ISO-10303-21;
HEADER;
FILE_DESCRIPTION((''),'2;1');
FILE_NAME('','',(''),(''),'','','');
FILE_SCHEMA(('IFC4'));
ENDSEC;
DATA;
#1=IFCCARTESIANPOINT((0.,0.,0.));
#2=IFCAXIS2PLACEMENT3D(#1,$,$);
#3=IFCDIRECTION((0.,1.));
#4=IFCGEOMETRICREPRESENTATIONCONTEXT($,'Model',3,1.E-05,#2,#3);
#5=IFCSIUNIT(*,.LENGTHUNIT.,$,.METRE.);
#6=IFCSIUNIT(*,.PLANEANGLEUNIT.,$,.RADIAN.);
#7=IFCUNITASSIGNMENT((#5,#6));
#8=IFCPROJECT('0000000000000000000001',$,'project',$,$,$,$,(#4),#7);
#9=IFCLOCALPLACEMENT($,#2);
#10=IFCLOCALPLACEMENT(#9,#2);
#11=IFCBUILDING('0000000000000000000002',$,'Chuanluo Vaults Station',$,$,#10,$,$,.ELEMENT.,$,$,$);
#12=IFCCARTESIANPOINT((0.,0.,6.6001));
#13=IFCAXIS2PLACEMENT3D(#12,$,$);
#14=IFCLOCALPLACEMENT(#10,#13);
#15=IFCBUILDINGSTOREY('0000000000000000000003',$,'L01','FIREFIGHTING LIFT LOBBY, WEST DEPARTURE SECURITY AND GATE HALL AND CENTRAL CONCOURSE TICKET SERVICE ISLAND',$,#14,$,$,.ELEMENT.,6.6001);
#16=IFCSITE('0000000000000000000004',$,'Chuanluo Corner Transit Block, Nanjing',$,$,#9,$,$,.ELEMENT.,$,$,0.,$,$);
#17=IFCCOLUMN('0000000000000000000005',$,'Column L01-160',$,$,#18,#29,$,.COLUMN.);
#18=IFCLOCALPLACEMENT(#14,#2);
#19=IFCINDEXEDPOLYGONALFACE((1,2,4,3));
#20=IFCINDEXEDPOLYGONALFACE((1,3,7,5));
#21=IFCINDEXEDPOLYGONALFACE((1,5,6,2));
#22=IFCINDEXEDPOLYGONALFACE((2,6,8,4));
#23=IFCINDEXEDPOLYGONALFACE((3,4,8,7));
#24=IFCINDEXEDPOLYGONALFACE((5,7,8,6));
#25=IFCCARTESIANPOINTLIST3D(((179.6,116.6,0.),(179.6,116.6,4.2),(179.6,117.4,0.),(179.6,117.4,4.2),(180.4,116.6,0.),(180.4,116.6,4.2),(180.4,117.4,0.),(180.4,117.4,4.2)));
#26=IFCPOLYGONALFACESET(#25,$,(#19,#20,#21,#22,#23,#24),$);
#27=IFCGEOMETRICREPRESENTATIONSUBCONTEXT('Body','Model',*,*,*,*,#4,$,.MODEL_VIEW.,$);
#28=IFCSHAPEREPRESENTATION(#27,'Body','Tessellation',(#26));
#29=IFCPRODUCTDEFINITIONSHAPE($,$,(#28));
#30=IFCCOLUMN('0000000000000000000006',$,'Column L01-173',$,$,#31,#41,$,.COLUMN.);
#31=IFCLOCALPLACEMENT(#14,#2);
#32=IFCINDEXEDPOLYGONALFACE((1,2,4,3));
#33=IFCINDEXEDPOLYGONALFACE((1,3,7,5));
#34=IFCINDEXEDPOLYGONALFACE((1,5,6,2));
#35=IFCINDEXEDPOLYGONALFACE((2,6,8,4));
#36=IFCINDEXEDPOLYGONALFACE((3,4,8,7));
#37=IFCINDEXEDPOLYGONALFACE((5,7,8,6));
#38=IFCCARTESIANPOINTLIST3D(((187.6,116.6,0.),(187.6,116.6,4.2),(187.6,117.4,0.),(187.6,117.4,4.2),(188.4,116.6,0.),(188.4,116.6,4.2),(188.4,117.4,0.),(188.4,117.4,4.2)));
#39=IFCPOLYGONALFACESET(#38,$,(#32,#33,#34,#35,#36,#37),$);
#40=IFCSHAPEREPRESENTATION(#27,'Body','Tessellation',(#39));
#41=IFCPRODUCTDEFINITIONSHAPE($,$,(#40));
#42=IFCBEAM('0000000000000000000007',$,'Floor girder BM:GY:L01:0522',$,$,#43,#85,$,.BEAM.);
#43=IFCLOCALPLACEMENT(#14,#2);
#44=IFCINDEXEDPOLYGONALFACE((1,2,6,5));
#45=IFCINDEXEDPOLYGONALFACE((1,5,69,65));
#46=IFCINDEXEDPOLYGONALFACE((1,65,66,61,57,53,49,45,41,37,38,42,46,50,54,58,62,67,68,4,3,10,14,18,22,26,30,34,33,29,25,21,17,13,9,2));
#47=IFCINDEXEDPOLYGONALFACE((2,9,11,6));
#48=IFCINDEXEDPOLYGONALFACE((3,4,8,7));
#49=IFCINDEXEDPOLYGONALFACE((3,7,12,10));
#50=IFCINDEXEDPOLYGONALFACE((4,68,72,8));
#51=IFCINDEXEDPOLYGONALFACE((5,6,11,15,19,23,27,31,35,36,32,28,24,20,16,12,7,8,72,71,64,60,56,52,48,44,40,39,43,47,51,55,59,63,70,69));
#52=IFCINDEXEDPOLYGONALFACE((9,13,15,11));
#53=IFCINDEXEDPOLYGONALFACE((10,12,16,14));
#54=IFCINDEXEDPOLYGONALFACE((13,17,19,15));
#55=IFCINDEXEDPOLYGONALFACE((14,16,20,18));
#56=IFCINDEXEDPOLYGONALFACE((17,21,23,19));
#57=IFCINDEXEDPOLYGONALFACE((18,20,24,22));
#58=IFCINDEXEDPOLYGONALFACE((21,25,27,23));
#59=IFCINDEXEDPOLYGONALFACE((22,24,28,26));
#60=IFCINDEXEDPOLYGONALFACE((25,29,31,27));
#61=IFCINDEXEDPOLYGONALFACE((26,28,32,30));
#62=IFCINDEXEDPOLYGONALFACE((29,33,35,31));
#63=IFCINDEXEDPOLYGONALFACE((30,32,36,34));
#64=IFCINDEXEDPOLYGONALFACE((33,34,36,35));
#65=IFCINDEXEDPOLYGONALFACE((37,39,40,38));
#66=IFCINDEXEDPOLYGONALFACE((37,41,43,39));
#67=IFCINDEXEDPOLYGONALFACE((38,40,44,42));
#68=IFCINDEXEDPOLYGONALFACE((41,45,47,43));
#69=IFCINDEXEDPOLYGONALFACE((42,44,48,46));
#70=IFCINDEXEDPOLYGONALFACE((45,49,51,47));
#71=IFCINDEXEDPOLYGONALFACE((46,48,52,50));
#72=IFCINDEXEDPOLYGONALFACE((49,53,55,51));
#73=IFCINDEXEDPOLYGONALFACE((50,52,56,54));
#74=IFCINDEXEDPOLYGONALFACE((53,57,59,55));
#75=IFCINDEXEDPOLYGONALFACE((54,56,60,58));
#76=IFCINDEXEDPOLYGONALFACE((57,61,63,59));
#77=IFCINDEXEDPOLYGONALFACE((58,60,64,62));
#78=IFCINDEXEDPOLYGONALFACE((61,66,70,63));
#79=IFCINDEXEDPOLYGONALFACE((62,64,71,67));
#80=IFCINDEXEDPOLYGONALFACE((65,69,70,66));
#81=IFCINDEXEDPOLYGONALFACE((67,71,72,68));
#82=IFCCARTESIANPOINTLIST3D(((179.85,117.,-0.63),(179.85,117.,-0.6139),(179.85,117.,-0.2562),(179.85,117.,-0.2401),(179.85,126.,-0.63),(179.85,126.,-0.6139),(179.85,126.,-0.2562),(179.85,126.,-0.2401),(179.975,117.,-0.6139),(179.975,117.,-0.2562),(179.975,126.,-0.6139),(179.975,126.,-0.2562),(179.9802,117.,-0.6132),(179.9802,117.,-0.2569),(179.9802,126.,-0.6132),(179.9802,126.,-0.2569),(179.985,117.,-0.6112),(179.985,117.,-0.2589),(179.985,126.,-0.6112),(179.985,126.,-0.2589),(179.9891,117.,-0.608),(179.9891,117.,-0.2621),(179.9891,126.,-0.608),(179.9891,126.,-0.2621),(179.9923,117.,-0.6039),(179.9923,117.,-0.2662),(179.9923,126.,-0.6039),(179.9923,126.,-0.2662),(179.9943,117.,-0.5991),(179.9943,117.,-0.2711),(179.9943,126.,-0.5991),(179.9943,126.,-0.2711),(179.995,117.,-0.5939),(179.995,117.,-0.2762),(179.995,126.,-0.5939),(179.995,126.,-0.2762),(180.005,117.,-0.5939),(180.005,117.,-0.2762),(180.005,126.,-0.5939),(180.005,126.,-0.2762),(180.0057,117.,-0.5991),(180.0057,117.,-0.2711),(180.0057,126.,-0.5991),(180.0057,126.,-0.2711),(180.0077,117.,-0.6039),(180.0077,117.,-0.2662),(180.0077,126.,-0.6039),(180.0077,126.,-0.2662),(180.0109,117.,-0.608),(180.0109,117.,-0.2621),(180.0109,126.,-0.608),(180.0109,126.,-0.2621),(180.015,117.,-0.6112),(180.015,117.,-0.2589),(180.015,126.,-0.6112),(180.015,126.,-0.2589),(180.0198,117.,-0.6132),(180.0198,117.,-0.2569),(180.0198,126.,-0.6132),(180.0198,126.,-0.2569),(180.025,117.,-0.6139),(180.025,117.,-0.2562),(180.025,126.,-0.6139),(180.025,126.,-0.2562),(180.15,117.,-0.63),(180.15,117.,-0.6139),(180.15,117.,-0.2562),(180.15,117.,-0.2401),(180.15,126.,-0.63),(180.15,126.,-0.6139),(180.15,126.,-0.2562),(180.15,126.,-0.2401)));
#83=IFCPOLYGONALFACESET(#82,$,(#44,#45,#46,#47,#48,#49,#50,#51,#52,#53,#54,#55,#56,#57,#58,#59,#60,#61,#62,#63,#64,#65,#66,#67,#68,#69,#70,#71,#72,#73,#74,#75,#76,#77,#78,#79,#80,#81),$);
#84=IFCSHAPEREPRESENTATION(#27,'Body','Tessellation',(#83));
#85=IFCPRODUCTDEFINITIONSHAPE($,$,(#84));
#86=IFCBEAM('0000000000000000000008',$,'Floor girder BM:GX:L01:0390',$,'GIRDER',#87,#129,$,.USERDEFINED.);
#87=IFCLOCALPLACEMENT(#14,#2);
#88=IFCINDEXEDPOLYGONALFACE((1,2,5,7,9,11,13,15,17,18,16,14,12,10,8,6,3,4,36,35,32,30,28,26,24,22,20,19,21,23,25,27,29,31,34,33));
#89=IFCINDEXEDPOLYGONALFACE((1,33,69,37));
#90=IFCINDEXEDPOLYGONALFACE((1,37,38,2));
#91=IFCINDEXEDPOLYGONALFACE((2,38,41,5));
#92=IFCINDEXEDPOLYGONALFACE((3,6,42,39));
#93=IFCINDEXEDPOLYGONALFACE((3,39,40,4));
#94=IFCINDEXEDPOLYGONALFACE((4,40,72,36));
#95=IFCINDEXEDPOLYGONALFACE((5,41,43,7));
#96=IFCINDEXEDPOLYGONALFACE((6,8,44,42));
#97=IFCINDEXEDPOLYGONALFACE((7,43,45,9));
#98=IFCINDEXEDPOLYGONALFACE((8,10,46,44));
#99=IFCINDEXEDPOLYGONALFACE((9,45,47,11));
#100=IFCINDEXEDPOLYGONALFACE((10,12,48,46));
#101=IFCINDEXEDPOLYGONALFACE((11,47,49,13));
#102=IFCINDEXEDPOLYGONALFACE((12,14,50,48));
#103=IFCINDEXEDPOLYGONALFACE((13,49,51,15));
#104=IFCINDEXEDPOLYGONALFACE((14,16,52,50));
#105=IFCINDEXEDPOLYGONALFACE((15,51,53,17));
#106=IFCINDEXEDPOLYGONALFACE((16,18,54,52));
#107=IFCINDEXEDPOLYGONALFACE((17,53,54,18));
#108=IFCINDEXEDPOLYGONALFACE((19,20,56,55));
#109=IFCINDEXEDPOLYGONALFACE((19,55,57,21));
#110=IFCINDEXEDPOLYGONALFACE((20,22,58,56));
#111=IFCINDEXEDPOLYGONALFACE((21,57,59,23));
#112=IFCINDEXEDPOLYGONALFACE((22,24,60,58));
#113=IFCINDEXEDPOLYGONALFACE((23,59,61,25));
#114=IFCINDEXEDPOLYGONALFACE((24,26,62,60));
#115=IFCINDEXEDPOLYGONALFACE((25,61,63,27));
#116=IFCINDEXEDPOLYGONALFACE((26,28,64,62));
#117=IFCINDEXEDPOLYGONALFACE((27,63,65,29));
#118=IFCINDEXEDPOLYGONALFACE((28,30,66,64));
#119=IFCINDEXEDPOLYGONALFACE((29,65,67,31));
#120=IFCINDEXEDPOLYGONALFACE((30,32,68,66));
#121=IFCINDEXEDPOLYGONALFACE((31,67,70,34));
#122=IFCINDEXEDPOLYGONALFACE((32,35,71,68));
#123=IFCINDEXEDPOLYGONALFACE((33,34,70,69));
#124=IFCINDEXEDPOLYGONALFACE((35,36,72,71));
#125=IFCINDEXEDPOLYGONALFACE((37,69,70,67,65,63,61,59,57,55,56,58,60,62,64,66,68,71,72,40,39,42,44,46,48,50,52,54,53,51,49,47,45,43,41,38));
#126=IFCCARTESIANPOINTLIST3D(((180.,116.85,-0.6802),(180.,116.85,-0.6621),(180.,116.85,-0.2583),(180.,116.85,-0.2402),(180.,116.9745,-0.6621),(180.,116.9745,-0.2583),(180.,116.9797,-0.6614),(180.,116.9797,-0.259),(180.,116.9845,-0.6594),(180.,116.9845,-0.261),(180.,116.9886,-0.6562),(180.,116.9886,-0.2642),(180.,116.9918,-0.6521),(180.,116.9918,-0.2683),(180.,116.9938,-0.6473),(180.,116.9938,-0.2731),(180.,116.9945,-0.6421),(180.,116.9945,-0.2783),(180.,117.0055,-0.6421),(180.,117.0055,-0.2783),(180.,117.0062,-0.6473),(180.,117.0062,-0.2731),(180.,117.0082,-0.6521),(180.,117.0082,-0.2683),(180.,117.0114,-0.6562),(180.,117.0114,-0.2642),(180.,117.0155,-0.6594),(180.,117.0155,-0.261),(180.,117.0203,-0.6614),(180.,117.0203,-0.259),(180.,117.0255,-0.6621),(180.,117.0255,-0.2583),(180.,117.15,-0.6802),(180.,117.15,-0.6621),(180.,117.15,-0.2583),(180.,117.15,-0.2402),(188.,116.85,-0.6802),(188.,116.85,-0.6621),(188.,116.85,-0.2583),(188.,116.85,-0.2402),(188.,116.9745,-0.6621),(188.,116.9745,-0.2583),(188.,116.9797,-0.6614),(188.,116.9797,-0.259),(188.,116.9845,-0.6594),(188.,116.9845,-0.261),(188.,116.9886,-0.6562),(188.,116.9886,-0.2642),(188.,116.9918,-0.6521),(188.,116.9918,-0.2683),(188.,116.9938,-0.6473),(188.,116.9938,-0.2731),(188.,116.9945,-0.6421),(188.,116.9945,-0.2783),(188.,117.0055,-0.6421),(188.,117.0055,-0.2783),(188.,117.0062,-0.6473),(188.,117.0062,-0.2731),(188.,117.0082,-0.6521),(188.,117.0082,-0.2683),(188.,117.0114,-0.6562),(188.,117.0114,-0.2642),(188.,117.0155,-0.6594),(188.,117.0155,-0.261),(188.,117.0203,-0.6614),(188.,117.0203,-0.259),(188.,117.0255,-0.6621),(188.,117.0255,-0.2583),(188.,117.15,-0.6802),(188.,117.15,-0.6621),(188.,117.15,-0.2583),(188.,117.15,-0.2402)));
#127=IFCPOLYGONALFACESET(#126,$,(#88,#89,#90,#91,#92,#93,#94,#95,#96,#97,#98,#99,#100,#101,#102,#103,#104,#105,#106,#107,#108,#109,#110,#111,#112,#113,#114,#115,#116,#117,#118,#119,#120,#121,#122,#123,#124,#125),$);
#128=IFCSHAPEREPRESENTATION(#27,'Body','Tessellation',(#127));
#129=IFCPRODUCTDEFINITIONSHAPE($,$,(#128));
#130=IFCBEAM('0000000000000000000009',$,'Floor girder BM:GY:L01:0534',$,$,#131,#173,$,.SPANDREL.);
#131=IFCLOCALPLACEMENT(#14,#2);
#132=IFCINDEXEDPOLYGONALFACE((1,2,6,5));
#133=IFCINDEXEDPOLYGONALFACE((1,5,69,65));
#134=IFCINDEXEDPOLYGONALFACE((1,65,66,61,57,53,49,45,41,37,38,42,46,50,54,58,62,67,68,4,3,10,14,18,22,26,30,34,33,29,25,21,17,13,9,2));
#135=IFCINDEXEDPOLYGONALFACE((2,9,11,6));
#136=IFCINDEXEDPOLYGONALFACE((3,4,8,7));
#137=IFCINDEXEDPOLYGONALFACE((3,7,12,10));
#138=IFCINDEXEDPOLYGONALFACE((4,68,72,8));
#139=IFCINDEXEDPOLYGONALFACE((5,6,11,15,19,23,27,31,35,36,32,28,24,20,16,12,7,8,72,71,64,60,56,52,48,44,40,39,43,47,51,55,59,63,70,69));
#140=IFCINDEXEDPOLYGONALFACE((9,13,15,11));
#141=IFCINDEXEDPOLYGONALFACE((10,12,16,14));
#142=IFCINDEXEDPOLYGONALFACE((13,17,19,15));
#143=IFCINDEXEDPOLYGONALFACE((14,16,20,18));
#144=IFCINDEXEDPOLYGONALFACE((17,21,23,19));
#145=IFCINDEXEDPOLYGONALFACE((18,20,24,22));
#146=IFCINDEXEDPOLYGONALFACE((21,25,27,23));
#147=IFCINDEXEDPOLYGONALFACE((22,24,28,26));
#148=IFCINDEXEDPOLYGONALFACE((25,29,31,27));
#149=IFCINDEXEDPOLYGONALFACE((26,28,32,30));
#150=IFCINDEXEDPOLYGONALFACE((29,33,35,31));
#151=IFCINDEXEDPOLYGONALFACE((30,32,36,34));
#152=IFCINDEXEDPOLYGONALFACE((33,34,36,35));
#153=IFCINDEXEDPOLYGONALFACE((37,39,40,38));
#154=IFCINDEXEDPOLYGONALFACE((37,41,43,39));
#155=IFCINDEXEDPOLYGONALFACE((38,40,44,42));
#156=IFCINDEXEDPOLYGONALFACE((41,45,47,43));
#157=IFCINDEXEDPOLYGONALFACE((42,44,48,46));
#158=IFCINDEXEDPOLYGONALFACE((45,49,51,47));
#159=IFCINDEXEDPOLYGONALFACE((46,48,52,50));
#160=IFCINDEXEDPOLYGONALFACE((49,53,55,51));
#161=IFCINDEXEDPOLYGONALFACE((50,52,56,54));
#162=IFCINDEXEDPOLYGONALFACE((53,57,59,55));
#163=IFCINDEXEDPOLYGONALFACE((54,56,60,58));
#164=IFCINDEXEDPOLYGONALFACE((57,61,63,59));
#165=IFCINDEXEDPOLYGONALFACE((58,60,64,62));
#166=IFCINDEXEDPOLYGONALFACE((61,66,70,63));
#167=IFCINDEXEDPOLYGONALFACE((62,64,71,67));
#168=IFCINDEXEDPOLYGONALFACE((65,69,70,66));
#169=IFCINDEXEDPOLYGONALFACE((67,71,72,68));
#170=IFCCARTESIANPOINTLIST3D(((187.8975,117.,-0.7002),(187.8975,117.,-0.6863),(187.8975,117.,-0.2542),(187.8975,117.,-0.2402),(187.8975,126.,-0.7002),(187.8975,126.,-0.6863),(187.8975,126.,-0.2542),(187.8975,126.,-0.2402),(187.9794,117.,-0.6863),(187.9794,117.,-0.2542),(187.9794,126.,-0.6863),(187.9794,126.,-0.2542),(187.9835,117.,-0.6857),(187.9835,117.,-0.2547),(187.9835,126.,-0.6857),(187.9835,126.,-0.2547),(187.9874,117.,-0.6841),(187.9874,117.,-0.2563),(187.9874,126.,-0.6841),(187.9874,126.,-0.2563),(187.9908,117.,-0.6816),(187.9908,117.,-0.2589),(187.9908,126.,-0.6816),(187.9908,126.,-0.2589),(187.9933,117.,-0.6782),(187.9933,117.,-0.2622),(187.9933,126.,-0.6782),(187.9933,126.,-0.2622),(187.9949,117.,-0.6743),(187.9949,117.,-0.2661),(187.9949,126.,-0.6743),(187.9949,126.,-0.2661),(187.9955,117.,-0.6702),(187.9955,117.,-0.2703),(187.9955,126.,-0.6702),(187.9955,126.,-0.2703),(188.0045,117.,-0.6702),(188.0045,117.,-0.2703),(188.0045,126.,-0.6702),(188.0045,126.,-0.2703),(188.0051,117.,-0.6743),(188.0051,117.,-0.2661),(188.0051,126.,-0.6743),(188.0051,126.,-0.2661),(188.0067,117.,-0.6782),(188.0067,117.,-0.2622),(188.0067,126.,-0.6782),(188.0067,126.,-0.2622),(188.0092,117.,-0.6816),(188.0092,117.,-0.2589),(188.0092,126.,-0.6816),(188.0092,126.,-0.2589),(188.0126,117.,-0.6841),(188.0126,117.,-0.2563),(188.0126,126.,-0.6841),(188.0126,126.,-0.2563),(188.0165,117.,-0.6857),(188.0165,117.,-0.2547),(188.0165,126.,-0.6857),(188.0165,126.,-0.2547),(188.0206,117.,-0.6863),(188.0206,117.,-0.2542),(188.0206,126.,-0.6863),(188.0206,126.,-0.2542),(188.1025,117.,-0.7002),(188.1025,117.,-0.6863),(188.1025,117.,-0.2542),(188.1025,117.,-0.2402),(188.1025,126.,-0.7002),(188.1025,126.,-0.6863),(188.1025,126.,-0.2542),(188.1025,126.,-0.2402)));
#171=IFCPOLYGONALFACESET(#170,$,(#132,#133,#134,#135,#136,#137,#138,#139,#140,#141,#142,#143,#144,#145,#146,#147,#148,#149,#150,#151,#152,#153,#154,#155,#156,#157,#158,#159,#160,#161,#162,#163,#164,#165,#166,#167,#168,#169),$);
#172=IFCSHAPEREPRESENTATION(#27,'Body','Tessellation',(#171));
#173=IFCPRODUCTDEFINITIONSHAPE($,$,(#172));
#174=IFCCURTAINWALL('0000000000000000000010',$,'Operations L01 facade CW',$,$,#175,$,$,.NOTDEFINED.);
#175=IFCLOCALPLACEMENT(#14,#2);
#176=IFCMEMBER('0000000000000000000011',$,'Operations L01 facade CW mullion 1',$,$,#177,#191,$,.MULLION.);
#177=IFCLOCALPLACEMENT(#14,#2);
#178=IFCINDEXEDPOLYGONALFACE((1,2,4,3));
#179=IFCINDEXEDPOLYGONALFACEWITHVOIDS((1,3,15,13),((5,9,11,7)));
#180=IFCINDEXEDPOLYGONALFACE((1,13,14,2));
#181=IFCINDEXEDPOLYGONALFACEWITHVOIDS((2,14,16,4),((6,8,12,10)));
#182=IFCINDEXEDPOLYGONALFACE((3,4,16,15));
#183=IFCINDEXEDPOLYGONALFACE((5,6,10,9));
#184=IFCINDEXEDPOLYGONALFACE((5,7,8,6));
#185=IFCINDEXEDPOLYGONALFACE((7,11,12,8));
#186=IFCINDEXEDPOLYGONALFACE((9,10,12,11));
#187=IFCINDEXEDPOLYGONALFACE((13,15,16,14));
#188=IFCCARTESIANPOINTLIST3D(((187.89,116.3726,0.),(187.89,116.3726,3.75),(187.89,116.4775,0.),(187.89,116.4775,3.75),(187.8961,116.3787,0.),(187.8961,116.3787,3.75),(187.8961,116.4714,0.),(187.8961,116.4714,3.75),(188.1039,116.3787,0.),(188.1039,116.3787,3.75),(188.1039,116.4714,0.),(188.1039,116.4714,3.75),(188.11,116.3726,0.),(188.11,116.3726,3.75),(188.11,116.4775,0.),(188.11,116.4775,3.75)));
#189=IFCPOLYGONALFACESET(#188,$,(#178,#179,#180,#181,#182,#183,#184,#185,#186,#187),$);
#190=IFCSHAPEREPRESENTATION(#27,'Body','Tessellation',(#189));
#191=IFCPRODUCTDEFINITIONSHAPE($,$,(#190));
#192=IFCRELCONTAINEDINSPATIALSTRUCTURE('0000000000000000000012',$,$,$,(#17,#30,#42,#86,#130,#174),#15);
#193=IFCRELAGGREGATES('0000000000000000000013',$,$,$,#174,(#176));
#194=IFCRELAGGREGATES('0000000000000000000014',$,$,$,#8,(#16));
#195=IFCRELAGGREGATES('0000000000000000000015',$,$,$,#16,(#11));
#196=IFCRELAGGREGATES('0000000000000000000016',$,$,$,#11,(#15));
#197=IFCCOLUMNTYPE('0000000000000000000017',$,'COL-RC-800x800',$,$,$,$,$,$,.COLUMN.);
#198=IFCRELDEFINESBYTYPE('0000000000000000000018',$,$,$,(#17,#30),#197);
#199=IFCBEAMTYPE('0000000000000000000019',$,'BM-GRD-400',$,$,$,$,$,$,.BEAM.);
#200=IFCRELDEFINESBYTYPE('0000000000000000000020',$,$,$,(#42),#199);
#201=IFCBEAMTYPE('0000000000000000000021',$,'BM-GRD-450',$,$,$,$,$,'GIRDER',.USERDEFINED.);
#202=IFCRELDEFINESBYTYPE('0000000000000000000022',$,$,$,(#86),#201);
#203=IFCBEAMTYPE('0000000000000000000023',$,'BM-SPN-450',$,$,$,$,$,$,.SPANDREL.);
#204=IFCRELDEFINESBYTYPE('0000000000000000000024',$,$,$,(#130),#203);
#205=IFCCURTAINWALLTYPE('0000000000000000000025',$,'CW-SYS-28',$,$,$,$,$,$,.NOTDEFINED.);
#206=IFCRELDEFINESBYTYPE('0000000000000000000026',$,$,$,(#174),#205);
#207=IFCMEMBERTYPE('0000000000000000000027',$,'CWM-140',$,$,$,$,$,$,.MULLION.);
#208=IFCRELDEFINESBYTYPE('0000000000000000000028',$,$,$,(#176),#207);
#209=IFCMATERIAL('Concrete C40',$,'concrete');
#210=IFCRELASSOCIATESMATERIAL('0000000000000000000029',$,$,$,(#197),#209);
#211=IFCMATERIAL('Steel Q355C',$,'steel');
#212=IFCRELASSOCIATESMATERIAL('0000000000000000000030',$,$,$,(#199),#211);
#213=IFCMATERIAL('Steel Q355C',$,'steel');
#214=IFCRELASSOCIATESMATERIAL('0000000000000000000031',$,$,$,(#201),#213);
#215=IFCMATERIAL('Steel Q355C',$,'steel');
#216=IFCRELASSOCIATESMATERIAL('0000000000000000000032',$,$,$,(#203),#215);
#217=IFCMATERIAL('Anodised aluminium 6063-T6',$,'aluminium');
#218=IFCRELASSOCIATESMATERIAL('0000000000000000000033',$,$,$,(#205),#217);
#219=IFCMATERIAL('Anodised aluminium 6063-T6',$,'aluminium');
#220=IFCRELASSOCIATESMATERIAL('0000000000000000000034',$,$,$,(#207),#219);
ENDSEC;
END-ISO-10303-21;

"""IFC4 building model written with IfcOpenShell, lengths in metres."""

from ifc_helpers import new_model, si_unit, direction, frame, origin, origin_2d, place, context, subcontext, project, spatial, rectangle, hollow_rectangle, i_section, extrude, material, material_profile, profile_set, type_object, element, aggregate, save


model = new_model("IFC4")

# Units and contexts
model_context = context("Model", 3, precision=1e-05, world=origin(), true_north=direction((0.0, 1.0)))
body_context = subcontext(model_context, "Body", "Model", "MODEL_VIEW")
ifc_project = project(units=[si_unit("LENGTHUNIT", "METRE"), si_unit("PLANEANGLEUNIT", "RADIAN")], contexts=[model_context])

# Site, building, storey
site_placement = place(None, origin())
site = spatial("IfcSite", under=ifc_project, at=site_placement, Name="Chuanluo Corner Transit Block, Nanjing", CompositionType="ELEMENT", RefElevation=0.0)
building_placement = place(site_placement, origin())
building = spatial("IfcBuilding", under=site, at=building_placement, Name="Chuanluo Vaults Station", CompositionType="ELEMENT")
storey_placement = place(building_placement, frame((0.0, 0.0, 6.6001)))
storey = spatial("IfcBuildingStorey", under=building, at=storey_placement, Name="L01", Description="FIREFIGHTING LIFT LOBBY, WEST DEPARTURE SECURITY AND GATE HALL AND CENTRAL CONCOURSE TICKET SERVICE ISLAND", CompositionType="ELEMENT", Elevation=6.6001)

# Columns
ifc_material_1 = material(Name="Concrete C40", Category="concrete")
ifc_material_profile_1 = material_profile(ifc_material_1, rectangle(XDim=0.8, YDim=0.8, at=origin_2d()))
ifc_profile_set_1 = profile_set([ifc_material_profile_1], Name="Concrete C40")
column_type = type_object("IfcColumnType", Name="COL-RC-800x800", PredefinedType="COLUMN", material=ifc_profile_set_1)
for number, where, z_axis, x_axis, name in (
    (1, (180.0, 117.0, 0.0), (0.0, 0.0, 1.0), (1.0, 0.0, 0.0), "Column L01-160"),
    (2, (188.0, 117.0, 0.0), (0.0, 0.0, 1.0), (1.0, 0.0, 0.0), "Column L01-173"),
):
    element("IfcColumn", number, at=place(storey_placement, frame(where, z_axis=z_axis, x_axis=x_axis)), inside=storey, type_object=column_type, Name=name, PredefinedType="COLUMN", context=body_context, shape_type="SweptSolid", body=[
        extrude(rectangle(XDim=0.8, YDim=0.8, at=origin_2d()), origin(), (0.0, 0.0, 1.0), 4.2),
    ])

# Beams
ifc_material_2 = material(Name="Steel Q355C", Category="steel")
ifc_material_profile_2 = material_profile(ifc_material_2, i_section(OverallWidth=0.3, OverallDepth=0.3899, WebThickness=0.01, FlangeThickness=0.0161, FilletRadius=0.02, at=origin_2d()))
ifc_profile_set_2 = profile_set([ifc_material_profile_2], Name="Steel Q355C")
beam_type_1 = type_object("IfcBeamType", Name="BM-GRD-400", PredefinedType="BEAM", material=ifc_profile_set_2)
beam_1_placement = place(storey_placement, frame((180.0, 117.0, -0.4351), z_axis=(0.0, 1.0, 0.0), x_axis=(-1.0, 0.0, 0.0)))
element("IfcBeam", 3, at=beam_1_placement, inside=storey, type_object=beam_type_1, Name="Floor girder BM:GY:L01:0522", PredefinedType="BEAM", context=body_context, shape_type="SweptSolid", body=[
    extrude(i_section(OverallWidth=0.3, OverallDepth=0.3899, WebThickness=0.01, FlangeThickness=0.0161, FilletRadius=0.02, at=origin_2d()), origin(), (0.0, 0.0, 1.0), 9.0),
])
ifc_material_3 = material(Name="Steel Q355C", Category="steel")
ifc_material_profile_3 = material_profile(ifc_material_3, i_section(OverallWidth=0.3, OverallDepth=0.4399, WebThickness=0.011, FlangeThickness=0.0181, FilletRadius=0.02, at=origin_2d()))
ifc_profile_set_3 = profile_set([ifc_material_profile_3], Name="Steel Q355C")
beam_type_2 = type_object("IfcBeamType", Name="BM-GRD-450", ElementType="GIRDER", PredefinedType="USERDEFINED", material=ifc_profile_set_3)
beam_2_placement = place(storey_placement, frame((180.0, 117.0, -0.4602), z_axis=(1.0, 0.0, 0.0), x_axis=(0.0, 1.0, 0.0)))
element("IfcBeam", 4, at=beam_2_placement, inside=storey, type_object=beam_type_2, Name="Floor girder BM:GX:L01:0390", ObjectType="GIRDER", PredefinedType="USERDEFINED", context=body_context, shape_type="SweptSolid", body=[
    extrude(i_section(OverallWidth=0.3, OverallDepth=0.4399, WebThickness=0.011, FlangeThickness=0.0181, FilletRadius=0.02, at=origin_2d()), origin(), (0.0, 0.0, 1.0), 8.0),
])
ifc_material_4 = material(Name="Steel Q355C", Category="steel")
ifc_material_profile_4 = material_profile(ifc_material_4, i_section(OverallWidth=0.2051, OverallDepth=0.46, WebThickness=0.009, FlangeThickness=0.0139, FilletRadius=0.0161, at=origin_2d()))
ifc_profile_set_4 = profile_set([ifc_material_profile_4], Name="Steel Q355C")
beam_type_3 = type_object("IfcBeamType", Name="BM-SPN-450", PredefinedType="SPANDREL", material=ifc_profile_set_4)
beam_3_placement = place(storey_placement, frame((188.0, 117.0, -0.4702), z_axis=(0.0, 1.0, 0.0), x_axis=(-1.0, 0.0, 0.0)))
element("IfcBeam", 5, at=beam_3_placement, inside=storey, type_object=beam_type_3, Name="Floor girder BM:GY:L01:0534", PredefinedType="SPANDREL", context=body_context, shape_type="SweptSolid", body=[
    extrude(i_section(OverallWidth=0.2051, OverallDepth=0.46, WebThickness=0.009, FlangeThickness=0.0139, FilletRadius=0.0161, at=origin_2d()), origin(), (0.0, 0.0, 1.0), 9.0),
])

# Curtain wall, member
ifc_material_5 = material(Name="Anodised aluminium 6063-T6", Category="aluminium")
curtain_wall_type_1 = type_object("IfcCurtainWallType", Name="CW-SYS-28", PredefinedType="NOTDEFINED", material=ifc_material_5)
curtain_wall_1_placement = place(storey_placement, origin())
curtain_wall_1 = element("IfcCurtainWall", 6, at=curtain_wall_1_placement, inside=storey, type_object=curtain_wall_type_1, Name="Operations L01 facade CW", PredefinedType="NOTDEFINED")
ifc_material_6 = material(Name="Anodised aluminium 6063-T6", Category="aluminium")
ifc_material_profile_5 = material_profile(ifc_material_6, hollow_rectangle(XDim=0.105, YDim=0.22, WallThickness=0.0061, at=origin_2d()))
ifc_profile_set_5 = profile_set([ifc_material_profile_5], Name="Anodised aluminium 6063-T6")
member_type_1 = type_object("IfcMemberType", Name="CWM-140", PredefinedType="MULLION", material=ifc_profile_set_5)
member_1_placement = place(storey_placement, frame((188.0, 116.425, 0.0), z_axis=(0.0, 0.0, 1.0), x_axis=(0.0, -1.0, 0.0)))
member_1 = element("IfcMember", 7, at=member_1_placement, type_object=member_type_1, Name="Operations L01 facade CW mullion 1", PredefinedType="MULLION", context=body_context, shape_type="SweptSolid", body=[
    extrude(hollow_rectangle(XDim=0.105, YDim=0.22, WallThickness=0.0061, at=origin_2d()), origin(), (0.0, 0.0, 1.0), 3.75),
])

aggregate(curtain_wall_1, [member_1])

save(model, "model.ifc")
